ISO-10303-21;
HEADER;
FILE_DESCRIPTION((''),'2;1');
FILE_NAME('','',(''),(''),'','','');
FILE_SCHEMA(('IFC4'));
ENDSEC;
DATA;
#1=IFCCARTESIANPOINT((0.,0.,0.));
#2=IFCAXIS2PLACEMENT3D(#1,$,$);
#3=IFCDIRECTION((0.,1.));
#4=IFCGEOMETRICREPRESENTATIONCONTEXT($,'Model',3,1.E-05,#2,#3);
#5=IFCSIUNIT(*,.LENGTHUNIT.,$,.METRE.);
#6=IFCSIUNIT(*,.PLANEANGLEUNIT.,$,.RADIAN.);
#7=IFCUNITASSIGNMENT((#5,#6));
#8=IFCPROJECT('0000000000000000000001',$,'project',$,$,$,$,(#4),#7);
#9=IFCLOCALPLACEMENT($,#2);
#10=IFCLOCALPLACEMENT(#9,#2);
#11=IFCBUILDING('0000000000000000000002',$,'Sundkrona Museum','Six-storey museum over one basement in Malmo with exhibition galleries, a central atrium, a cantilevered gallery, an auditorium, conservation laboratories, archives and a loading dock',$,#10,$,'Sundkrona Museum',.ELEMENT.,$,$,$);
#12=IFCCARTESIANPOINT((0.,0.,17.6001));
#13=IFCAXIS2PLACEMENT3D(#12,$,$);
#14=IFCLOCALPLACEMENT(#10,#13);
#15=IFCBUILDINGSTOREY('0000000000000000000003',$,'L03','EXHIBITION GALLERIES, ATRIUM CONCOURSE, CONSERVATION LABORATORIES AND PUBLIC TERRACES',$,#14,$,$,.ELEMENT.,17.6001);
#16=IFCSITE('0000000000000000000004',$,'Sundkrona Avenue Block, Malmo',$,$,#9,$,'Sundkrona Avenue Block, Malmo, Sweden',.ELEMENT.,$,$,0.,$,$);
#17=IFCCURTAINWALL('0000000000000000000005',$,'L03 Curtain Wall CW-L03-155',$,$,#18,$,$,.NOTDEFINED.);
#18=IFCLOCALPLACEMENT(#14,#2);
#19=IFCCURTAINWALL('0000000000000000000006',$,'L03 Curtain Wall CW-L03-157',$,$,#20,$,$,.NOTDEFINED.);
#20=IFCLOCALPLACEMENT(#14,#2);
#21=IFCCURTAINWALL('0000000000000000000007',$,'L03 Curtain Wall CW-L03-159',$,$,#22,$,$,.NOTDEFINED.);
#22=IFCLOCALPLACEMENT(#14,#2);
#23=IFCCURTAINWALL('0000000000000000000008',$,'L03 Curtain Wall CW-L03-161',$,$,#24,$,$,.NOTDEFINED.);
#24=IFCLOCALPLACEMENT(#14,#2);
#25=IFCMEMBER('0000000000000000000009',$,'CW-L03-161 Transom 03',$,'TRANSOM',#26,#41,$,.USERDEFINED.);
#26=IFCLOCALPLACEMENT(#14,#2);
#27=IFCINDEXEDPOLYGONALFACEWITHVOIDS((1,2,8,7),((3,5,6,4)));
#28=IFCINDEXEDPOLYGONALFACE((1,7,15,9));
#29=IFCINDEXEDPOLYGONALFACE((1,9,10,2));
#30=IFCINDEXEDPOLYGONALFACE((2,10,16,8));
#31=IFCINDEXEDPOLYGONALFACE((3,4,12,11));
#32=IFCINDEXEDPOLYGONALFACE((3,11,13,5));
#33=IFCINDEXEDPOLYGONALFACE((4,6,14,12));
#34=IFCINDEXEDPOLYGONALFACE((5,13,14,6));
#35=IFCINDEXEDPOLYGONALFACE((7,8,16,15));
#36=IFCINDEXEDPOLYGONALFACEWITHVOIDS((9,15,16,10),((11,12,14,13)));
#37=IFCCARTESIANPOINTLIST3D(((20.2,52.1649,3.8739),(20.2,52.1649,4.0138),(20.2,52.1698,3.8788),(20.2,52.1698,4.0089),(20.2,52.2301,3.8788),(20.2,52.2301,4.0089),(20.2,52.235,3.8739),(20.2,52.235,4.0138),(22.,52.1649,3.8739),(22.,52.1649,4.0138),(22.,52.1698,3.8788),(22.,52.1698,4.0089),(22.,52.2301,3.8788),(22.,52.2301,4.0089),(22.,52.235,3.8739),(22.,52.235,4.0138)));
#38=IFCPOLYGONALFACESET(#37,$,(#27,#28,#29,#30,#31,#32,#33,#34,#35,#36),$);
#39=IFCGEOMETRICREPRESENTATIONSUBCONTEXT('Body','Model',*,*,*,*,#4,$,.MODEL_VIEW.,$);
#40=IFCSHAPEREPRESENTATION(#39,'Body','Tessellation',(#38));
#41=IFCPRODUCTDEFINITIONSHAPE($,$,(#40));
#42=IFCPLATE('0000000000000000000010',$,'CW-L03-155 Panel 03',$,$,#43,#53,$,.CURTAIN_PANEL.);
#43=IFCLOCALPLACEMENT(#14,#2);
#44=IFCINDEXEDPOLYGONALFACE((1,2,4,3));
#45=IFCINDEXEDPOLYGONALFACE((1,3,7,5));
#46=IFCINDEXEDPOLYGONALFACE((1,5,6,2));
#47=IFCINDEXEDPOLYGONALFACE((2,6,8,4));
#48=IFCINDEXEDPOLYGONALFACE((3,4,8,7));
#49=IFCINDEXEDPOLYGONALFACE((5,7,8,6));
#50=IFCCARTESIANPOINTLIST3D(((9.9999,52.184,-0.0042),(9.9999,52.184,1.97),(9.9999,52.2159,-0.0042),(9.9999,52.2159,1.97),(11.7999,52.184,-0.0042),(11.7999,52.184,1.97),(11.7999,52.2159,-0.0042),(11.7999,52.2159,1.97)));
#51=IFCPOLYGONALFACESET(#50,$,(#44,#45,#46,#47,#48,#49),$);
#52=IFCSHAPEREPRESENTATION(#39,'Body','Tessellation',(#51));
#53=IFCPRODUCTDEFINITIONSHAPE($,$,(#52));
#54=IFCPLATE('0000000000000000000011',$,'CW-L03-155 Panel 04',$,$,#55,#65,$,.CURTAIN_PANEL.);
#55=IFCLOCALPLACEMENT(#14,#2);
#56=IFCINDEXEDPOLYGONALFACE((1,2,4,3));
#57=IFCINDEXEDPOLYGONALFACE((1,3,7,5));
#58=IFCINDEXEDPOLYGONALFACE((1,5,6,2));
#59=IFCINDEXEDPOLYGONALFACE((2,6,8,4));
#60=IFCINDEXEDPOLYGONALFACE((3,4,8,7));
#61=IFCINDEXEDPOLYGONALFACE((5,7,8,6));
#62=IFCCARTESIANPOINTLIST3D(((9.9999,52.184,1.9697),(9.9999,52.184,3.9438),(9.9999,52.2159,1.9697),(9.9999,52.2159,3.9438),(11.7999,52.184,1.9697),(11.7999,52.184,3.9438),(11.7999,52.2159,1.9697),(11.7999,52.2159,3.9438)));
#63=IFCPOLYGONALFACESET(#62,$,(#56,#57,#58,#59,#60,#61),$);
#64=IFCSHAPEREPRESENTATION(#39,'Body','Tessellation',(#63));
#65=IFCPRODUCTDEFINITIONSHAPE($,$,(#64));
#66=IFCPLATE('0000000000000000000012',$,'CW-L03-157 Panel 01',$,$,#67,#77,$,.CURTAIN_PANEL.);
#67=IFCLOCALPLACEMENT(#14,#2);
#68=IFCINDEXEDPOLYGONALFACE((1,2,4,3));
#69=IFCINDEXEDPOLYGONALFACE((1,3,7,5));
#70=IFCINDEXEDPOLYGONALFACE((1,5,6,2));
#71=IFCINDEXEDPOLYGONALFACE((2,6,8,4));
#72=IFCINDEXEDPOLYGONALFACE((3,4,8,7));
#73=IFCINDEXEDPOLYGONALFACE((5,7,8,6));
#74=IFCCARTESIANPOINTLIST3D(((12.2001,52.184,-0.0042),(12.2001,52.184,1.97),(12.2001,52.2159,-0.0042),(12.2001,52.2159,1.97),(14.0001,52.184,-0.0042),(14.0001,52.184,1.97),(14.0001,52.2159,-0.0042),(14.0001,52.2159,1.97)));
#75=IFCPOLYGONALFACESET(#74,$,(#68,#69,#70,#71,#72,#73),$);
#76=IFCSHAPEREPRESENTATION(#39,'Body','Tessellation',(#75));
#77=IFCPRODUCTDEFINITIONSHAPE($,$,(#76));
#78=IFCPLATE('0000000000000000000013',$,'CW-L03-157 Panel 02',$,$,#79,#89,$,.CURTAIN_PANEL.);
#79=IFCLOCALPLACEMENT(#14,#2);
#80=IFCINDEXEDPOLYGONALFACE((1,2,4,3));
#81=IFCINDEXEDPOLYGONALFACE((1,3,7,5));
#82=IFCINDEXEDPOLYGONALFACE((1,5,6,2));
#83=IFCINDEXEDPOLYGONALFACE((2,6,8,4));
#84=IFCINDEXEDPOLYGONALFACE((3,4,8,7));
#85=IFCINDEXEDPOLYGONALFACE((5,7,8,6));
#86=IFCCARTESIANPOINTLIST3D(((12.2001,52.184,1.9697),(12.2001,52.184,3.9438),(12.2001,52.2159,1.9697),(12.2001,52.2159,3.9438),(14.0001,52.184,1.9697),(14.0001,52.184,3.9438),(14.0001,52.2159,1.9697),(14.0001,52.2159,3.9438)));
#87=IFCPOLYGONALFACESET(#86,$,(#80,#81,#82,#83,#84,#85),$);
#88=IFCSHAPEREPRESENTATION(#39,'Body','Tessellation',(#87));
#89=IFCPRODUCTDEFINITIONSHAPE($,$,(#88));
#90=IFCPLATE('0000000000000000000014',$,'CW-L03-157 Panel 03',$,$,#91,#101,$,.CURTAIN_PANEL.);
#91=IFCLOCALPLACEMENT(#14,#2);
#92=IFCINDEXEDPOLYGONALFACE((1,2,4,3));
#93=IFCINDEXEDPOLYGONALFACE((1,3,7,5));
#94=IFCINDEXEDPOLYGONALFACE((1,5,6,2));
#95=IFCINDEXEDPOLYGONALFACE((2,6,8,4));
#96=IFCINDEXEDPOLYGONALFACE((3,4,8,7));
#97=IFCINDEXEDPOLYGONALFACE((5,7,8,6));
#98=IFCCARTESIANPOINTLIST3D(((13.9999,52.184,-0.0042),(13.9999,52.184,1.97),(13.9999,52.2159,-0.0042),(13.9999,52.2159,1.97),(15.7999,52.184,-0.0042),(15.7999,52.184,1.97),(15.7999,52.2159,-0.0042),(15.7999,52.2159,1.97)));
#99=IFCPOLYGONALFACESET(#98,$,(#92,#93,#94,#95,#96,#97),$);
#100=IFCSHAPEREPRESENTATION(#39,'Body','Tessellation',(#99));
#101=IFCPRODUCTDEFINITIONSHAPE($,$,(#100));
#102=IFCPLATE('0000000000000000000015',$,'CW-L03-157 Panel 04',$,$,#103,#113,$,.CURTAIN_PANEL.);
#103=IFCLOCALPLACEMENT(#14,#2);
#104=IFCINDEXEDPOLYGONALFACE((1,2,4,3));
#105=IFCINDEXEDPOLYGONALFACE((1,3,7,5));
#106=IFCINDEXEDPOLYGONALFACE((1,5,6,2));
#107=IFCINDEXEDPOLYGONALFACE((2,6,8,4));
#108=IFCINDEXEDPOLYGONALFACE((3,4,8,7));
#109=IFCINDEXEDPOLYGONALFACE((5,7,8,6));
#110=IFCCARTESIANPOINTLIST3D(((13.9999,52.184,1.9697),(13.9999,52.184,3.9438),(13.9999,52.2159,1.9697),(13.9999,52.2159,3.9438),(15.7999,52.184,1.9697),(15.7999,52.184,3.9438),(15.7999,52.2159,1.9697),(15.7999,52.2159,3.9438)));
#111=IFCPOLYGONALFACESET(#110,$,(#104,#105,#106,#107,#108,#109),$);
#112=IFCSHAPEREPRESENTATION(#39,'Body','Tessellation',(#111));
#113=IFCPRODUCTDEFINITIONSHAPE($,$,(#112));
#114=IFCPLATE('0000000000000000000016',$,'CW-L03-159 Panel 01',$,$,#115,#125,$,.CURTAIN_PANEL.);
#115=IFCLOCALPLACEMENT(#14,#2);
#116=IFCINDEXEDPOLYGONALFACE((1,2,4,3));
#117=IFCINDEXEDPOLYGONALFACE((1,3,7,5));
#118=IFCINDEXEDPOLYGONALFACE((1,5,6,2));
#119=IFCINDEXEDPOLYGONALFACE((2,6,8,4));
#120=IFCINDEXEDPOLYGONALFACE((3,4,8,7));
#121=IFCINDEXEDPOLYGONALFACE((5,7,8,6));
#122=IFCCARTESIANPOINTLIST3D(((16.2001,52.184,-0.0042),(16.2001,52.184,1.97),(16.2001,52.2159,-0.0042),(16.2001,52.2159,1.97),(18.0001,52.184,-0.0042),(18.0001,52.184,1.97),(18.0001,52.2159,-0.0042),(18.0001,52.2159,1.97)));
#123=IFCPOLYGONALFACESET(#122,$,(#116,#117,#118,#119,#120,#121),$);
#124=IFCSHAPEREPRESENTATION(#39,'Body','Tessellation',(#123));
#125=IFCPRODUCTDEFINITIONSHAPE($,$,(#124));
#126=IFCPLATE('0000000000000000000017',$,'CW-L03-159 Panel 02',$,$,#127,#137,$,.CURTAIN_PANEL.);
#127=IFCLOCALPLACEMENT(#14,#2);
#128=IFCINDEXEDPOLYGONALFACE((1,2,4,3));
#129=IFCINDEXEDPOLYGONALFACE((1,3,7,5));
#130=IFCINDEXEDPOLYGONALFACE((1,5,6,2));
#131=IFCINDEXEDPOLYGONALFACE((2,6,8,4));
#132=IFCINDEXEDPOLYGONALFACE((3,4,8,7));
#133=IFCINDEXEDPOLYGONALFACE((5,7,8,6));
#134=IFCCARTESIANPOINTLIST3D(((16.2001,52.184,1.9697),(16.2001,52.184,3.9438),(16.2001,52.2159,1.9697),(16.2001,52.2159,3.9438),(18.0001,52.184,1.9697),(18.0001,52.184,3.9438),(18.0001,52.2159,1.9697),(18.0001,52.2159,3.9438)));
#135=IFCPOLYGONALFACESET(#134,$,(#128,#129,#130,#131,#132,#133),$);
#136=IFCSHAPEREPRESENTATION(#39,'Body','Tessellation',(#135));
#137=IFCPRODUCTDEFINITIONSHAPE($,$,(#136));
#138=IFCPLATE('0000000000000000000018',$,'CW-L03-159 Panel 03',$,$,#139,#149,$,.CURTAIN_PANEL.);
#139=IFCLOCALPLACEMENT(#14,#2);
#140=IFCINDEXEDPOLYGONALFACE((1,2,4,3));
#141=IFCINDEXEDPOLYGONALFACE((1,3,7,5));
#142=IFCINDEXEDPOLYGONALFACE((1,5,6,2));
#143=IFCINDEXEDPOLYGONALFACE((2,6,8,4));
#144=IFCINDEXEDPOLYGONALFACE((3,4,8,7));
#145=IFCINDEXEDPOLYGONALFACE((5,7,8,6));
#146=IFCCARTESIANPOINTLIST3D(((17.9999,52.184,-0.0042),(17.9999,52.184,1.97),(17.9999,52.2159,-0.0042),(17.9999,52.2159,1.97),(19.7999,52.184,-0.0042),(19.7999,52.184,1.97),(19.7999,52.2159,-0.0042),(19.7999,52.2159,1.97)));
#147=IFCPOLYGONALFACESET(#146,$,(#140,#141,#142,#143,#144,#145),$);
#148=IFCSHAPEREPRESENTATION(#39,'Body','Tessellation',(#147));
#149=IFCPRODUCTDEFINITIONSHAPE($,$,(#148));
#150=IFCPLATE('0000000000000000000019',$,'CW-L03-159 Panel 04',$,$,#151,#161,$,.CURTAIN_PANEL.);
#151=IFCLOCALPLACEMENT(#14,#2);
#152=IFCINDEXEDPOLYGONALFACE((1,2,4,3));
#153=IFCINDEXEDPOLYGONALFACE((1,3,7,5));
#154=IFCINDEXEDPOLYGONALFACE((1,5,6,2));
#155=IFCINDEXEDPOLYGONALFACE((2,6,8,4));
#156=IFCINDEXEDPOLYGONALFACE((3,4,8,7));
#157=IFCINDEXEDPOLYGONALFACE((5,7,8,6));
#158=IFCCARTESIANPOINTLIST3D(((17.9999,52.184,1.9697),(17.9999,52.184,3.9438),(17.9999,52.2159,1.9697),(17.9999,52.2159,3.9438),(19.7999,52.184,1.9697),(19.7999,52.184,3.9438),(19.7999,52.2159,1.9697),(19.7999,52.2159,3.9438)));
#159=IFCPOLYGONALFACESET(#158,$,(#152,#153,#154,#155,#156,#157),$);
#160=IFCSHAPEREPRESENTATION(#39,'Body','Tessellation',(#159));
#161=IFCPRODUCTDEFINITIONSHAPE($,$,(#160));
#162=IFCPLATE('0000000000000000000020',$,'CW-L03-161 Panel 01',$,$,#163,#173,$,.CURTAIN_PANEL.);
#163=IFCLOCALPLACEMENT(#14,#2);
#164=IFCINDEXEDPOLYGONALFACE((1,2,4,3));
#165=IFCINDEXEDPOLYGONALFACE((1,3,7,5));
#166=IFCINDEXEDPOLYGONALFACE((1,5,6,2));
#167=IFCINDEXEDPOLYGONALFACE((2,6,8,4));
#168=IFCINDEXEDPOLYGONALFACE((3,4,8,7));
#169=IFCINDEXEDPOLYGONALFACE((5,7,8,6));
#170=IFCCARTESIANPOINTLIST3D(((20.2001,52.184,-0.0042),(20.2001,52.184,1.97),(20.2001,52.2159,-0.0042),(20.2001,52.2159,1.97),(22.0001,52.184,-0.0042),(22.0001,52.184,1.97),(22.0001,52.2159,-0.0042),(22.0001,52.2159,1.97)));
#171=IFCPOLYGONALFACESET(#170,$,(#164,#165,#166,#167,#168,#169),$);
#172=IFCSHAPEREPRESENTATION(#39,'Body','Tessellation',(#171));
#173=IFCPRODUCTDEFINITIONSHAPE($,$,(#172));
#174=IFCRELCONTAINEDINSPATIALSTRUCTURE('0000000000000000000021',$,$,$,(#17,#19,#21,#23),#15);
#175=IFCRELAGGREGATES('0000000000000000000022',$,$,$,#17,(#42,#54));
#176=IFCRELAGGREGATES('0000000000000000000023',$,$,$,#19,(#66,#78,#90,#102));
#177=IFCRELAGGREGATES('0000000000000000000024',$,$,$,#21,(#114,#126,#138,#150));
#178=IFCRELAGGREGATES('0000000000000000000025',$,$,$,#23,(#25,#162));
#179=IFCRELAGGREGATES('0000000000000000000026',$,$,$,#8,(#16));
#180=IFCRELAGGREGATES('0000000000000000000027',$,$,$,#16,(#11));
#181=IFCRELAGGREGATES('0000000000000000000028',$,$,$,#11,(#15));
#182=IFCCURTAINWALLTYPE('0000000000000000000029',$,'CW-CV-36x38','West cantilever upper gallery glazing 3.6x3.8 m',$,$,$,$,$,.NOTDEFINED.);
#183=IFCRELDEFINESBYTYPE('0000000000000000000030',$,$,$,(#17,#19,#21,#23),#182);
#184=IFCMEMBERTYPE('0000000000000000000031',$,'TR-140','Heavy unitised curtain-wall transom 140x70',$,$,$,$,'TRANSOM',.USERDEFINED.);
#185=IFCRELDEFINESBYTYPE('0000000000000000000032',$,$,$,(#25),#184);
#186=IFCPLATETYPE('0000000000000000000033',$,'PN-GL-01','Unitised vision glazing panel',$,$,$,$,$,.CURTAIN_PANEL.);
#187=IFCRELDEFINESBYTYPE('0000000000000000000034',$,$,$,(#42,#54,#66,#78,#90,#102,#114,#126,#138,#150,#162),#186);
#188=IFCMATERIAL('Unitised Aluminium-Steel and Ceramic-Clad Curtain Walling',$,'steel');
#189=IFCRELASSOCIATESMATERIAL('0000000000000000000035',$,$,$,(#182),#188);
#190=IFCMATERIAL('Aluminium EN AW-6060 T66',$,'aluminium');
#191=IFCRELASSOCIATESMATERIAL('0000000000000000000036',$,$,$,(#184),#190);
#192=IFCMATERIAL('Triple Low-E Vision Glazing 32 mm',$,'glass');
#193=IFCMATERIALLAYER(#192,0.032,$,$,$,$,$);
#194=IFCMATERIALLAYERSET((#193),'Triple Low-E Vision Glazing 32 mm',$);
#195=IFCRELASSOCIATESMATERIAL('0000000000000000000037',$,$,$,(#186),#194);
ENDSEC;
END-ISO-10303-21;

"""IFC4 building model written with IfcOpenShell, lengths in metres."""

from ifc_helpers import new_model, si_unit, direction, frame, origin, origin_2d, place, context, subcontext, project, spatial, rectangle, hollow_rectangle, extrude, material, layer, layer_set, material_profile, profile_set, type_object, element, aggregate, save


model = new_model("IFC4")

# Units and contexts
model_context = context("Model", 3, precision=1e-05, world=origin(), true_north=direction((0.0, 1.0)))
body_context = subcontext(model_context, "Body", "Model", "MODEL_VIEW")
ifc_project = project(units=[si_unit("LENGTHUNIT", "METRE"), si_unit("PLANEANGLEUNIT", "RADIAN")], contexts=[model_context])

# Site, building, storey
site_placement = place(None, origin())
site = spatial("IfcSite", under=ifc_project, at=site_placement, Name="Sundkrona Avenue Block, Malmo", LongName="Sundkrona Avenue Block, Malmo, Sweden", CompositionType="ELEMENT", RefElevation=0.0)
building_placement = place(site_placement, origin())
building = spatial("IfcBuilding", under=site, at=building_placement, Name="Sundkrona Museum", Description="Six-storey museum over one basement in Malmo with exhibition galleries, a central atrium, a cantilevered gallery, an auditorium, conservation laboratories, archives and a loading dock", LongName="Sundkrona Museum", CompositionType="ELEMENT")
storey_placement = place(building_placement, frame((0.0, 0.0, 17.6001)))
storey = spatial("IfcBuildingStorey", under=building, at=storey_placement, Name="L03", Description="EXHIBITION GALLERIES, ATRIUM CONCOURSE, CONSERVATION LABORATORIES AND PUBLIC TERRACES", CompositionType="ELEMENT", Elevation=17.6001)

# Curtain wall
ifc_material_1 = material(Name="Unitised Aluminium-Steel and Ceramic-Clad Curtain Walling", Category="steel")
curtain_wall_type = type_object("IfcCurtainWallType", Name="CW-CV-36x38", Description="West cantilever upper gallery glazing 3.6x3.8 m", PredefinedType="NOTDEFINED", material=ifc_material_1)
curtain_wall_1_placement = place(storey_placement, origin())
curtain_wall_1 = element("IfcCurtainWall", 1, at=curtain_wall_1_placement, inside=storey, type_object=curtain_wall_type, Name="L03 Curtain Wall CW-L03-155", PredefinedType="NOTDEFINED")
ifc_material_2 = material(Name="Aluminium EN AW-6060 T66", Category="aluminium")

# Curtain walls
curtain_wall_2_placement = place(storey_placement, origin())
curtain_wall_2 = element("IfcCurtainWall", 2, at=curtain_wall_2_placement, inside=storey, type_object=curtain_wall_type, Name="L03 Curtain Wall CW-L03-157", PredefinedType="NOTDEFINED")
curtain_wall_3_placement = place(storey_placement, origin())
curtain_wall_3 = element("IfcCurtainWall", 3, at=curtain_wall_3_placement, inside=storey, type_object=curtain_wall_type, Name="L03 Curtain Wall CW-L03-159", PredefinedType="NOTDEFINED")

# Curtain wall
curtain_wall_4_placement = place(storey_placement, origin())
curtain_wall_4 = element("IfcCurtainWall", 4, at=curtain_wall_4_placement, inside=storey, type_object=curtain_wall_type, Name="L03 Curtain Wall CW-L03-161", PredefinedType="NOTDEFINED")

# Member
ifc_material_profile_1 = material_profile(ifc_material_2, hollow_rectangle(XDim=0.0701, YDim=0.1399, WallThickness=0.0049, at=origin_2d()), Name="RHS 140x70x5.0")
ifc_profile_set_1 = profile_set([ifc_material_profile_1], Name="Aluminium EN AW-6060 T66")
member_type_1 = type_object("IfcMemberType", Name="TR-140", Description="Heavy unitised curtain-wall transom 140x70", ElementType="TRANSOM", PredefinedType="USERDEFINED", material=ifc_profile_set_1)
member_1_placement = place(storey_placement, frame((20.2, 52.2, 3.9438), z_axis=(1.0, 0.0, 0.0), x_axis=(0.0, 1.0, 0.0)))
member_1 = element("IfcMember", 5, at=member_1_placement, type_object=member_type_1, Name="CW-L03-161 Transom 03", ObjectType="TRANSOM", PredefinedType="USERDEFINED", context=body_context, shape_type="SweptSolid", body=[
    extrude(hollow_rectangle(XDim=0.0701, YDim=0.1399, WallThickness=0.0049, at=origin_2d()), origin(), (0.0, 0.0, 1.0), 1.8),
])

# Plates
ifc_material_3 = material(Name="Triple Low-E Vision Glazing 32 mm", Category="glass")
ifc_layer = layer(ifc_material_3, 0.032)
ifc_layer_set = layer_set([ifc_layer], Name="Triple Low-E Vision Glazing 32 mm")
plate_type = type_object("IfcPlateType", Name="PN-GL-01", Description="Unitised vision glazing panel", PredefinedType="CURTAIN_PANEL", material=ifc_layer_set)
plate_1_placement = place(storey_placement, frame((10.8999, 52.2, -0.0042), z_axis=(0.0, 0.0, 1.0), x_axis=(1.0, 0.0, 0.0)))
plate_1 = element("IfcPlate", 6, at=plate_1_placement, type_object=plate_type, Name="CW-L03-155 Panel 03", PredefinedType="CURTAIN_PANEL", context=body_context, shape_type="SweptSolid", body=[
    extrude(rectangle(XDim=1.8, YDim=0.032, at=origin_2d()), origin(), (0.0, 0.0, 1.0), 1.9741),
])
plate_2_placement = place(storey_placement, frame((10.8999, 52.2, 1.9697), z_axis=(0.0, 0.0, 1.0), x_axis=(1.0, 0.0, 0.0)))
plate_2 = element("IfcPlate", 7, at=plate_2_placement, type_object=plate_type, Name="CW-L03-155 Panel 04", PredefinedType="CURTAIN_PANEL", context=body_context, shape_type="SweptSolid", body=[
    extrude(rectangle(XDim=1.8, YDim=0.032, at=origin_2d()), origin(), (0.0, 0.0, 1.0), 1.9741),
])
aggregate(curtain_wall_1, [plate_1, plate_2])
plate_3_placement = place(storey_placement, frame((13.1001, 52.2, -0.0042), z_axis=(0.0, 0.0, 1.0), x_axis=(1.0, 0.0, 0.0)))
plate_3 = element("IfcPlate", 8, at=plate_3_placement, type_object=plate_type, Name="CW-L03-157 Panel 01", PredefinedType="CURTAIN_PANEL", context=body_context, shape_type="SweptSolid", body=[
    extrude(rectangle(XDim=1.8, YDim=0.032, at=origin_2d()), origin(), (0.0, 0.0, 1.0), 1.9741),
])
plate_4_placement = place(storey_placement, frame((13.1001, 52.2, 1.9697), z_axis=(0.0, 0.0, 1.0), x_axis=(1.0, 0.0, 0.0)))
plate_4 = element("IfcPlate", 9, at=plate_4_placement, type_object=plate_type, Name="CW-L03-157 Panel 02", PredefinedType="CURTAIN_PANEL", context=body_context, shape_type="SweptSolid", body=[
    extrude(rectangle(XDim=1.8, YDim=0.032, at=origin_2d()), origin(), (0.0, 0.0, 1.0), 1.9741),
])
plate_5_placement = place(storey_placement, frame((14.8999, 52.2, -0.0042), z_axis=(0.0, 0.0, 1.0), x_axis=(1.0, 0.0, 0.0)))
plate_5 = element("IfcPlate", 10, at=plate_5_placement, type_object=plate_type, Name="CW-L03-157 Panel 03", PredefinedType="CURTAIN_PANEL", context=body_context, shape_type="SweptSolid", body=[
    extrude(rectangle(XDim=1.8, YDim=0.032, at=origin_2d()), origin(), (0.0, 0.0, 1.0), 1.9741),
])
plate_6_placement = place(storey_placement, frame((14.8999, 52.2, 1.9697), z_axis=(0.0, 0.0, 1.0), x_axis=(1.0, 0.0, 0.0)))
plate_6 = element("IfcPlate", 11, at=plate_6_placement, type_object=plate_type, Name="CW-L03-157 Panel 04", PredefinedType="CURTAIN_PANEL", context=body_context, shape_type="SweptSolid", body=[
    extrude(rectangle(XDim=1.8, YDim=0.032, at=origin_2d()), origin(), (0.0, 0.0, 1.0), 1.9741),
])
aggregate(curtain_wall_2, [plate_3, plate_4, plate_5, plate_6])
plate_7_placement = place(storey_placement, frame((17.1001, 52.2, -0.0042), z_axis=(0.0, 0.0, 1.0), x_axis=(1.0, 0.0, 0.0)))
plate_7 = element("IfcPlate", 12, at=plate_7_placement, type_object=plate_type, Name="CW-L03-159 Panel 01", PredefinedType="CURTAIN_PANEL", context=body_context, shape_type="SweptSolid", body=[
    extrude(rectangle(XDim=1.8, YDim=0.032, at=origin_2d()), origin(), (0.0, 0.0, 1.0), 1.9741),
])
plate_8_placement = place(storey_placement, frame((17.1001, 52.2, 1.9697), z_axis=(0.0, 0.0, 1.0), x_axis=(1.0, 0.0, 0.0)))
plate_8 = element("IfcPlate", 13, at=plate_8_placement, type_object=plate_type, Name="CW-L03-159 Panel 02", PredefinedType="CURTAIN_PANEL", context=body_context, shape_type="SweptSolid", body=[
    extrude(rectangle(XDim=1.8, YDim=0.032, at=origin_2d()), origin(), (0.0, 0.0, 1.0), 1.9741),
])
plate_9_placement = place(storey_placement, frame((18.8999, 52.2, -0.0042), z_axis=(0.0, 0.0, 1.0), x_axis=(1.0, 0.0, 0.0)))
plate_9 = element("IfcPlate", 14, at=plate_9_placement, type_object=plate_type, Name="CW-L03-159 Panel 03", PredefinedType="CURTAIN_PANEL", context=body_context, shape_type="SweptSolid", body=[
    extrude(rectangle(XDim=1.8, YDim=0.032, at=origin_2d()), origin(), (0.0, 0.0, 1.0), 1.9741),
])
plate_10_placement = place(storey_placement, frame((18.8999, 52.2, 1.9697), z_axis=(0.0, 0.0, 1.0), x_axis=(1.0, 0.0, 0.0)))
plate_10 = element("IfcPlate", 15, at=plate_10_placement, type_object=plate_type, Name="CW-L03-159 Panel 04", PredefinedType="CURTAIN_PANEL", context=body_context, shape_type="SweptSolid", body=[
    extrude(rectangle(XDim=1.8, YDim=0.032, at=origin_2d()), origin(), (0.0, 0.0, 1.0), 1.9741),
])
aggregate(curtain_wall_3, [plate_7, plate_8, plate_9, plate_10])
plate_11_placement = place(storey_placement, frame((21.1001, 52.2, -0.0042), z_axis=(0.0, 0.0, 1.0), x_axis=(1.0, 0.0, 0.0)))
plate_11 = element("IfcPlate", 16, at=plate_11_placement, type_object=plate_type, Name="CW-L03-161 Panel 01", PredefinedType="CURTAIN_PANEL", context=body_context, shape_type="SweptSolid", body=[
    extrude(rectangle(XDim=1.8, YDim=0.032, at=origin_2d()), origin(), (0.0, 0.0, 1.0), 1.9741),
])
aggregate(curtain_wall_4, [member_1, plate_11])

save(model, "model.ifc")
